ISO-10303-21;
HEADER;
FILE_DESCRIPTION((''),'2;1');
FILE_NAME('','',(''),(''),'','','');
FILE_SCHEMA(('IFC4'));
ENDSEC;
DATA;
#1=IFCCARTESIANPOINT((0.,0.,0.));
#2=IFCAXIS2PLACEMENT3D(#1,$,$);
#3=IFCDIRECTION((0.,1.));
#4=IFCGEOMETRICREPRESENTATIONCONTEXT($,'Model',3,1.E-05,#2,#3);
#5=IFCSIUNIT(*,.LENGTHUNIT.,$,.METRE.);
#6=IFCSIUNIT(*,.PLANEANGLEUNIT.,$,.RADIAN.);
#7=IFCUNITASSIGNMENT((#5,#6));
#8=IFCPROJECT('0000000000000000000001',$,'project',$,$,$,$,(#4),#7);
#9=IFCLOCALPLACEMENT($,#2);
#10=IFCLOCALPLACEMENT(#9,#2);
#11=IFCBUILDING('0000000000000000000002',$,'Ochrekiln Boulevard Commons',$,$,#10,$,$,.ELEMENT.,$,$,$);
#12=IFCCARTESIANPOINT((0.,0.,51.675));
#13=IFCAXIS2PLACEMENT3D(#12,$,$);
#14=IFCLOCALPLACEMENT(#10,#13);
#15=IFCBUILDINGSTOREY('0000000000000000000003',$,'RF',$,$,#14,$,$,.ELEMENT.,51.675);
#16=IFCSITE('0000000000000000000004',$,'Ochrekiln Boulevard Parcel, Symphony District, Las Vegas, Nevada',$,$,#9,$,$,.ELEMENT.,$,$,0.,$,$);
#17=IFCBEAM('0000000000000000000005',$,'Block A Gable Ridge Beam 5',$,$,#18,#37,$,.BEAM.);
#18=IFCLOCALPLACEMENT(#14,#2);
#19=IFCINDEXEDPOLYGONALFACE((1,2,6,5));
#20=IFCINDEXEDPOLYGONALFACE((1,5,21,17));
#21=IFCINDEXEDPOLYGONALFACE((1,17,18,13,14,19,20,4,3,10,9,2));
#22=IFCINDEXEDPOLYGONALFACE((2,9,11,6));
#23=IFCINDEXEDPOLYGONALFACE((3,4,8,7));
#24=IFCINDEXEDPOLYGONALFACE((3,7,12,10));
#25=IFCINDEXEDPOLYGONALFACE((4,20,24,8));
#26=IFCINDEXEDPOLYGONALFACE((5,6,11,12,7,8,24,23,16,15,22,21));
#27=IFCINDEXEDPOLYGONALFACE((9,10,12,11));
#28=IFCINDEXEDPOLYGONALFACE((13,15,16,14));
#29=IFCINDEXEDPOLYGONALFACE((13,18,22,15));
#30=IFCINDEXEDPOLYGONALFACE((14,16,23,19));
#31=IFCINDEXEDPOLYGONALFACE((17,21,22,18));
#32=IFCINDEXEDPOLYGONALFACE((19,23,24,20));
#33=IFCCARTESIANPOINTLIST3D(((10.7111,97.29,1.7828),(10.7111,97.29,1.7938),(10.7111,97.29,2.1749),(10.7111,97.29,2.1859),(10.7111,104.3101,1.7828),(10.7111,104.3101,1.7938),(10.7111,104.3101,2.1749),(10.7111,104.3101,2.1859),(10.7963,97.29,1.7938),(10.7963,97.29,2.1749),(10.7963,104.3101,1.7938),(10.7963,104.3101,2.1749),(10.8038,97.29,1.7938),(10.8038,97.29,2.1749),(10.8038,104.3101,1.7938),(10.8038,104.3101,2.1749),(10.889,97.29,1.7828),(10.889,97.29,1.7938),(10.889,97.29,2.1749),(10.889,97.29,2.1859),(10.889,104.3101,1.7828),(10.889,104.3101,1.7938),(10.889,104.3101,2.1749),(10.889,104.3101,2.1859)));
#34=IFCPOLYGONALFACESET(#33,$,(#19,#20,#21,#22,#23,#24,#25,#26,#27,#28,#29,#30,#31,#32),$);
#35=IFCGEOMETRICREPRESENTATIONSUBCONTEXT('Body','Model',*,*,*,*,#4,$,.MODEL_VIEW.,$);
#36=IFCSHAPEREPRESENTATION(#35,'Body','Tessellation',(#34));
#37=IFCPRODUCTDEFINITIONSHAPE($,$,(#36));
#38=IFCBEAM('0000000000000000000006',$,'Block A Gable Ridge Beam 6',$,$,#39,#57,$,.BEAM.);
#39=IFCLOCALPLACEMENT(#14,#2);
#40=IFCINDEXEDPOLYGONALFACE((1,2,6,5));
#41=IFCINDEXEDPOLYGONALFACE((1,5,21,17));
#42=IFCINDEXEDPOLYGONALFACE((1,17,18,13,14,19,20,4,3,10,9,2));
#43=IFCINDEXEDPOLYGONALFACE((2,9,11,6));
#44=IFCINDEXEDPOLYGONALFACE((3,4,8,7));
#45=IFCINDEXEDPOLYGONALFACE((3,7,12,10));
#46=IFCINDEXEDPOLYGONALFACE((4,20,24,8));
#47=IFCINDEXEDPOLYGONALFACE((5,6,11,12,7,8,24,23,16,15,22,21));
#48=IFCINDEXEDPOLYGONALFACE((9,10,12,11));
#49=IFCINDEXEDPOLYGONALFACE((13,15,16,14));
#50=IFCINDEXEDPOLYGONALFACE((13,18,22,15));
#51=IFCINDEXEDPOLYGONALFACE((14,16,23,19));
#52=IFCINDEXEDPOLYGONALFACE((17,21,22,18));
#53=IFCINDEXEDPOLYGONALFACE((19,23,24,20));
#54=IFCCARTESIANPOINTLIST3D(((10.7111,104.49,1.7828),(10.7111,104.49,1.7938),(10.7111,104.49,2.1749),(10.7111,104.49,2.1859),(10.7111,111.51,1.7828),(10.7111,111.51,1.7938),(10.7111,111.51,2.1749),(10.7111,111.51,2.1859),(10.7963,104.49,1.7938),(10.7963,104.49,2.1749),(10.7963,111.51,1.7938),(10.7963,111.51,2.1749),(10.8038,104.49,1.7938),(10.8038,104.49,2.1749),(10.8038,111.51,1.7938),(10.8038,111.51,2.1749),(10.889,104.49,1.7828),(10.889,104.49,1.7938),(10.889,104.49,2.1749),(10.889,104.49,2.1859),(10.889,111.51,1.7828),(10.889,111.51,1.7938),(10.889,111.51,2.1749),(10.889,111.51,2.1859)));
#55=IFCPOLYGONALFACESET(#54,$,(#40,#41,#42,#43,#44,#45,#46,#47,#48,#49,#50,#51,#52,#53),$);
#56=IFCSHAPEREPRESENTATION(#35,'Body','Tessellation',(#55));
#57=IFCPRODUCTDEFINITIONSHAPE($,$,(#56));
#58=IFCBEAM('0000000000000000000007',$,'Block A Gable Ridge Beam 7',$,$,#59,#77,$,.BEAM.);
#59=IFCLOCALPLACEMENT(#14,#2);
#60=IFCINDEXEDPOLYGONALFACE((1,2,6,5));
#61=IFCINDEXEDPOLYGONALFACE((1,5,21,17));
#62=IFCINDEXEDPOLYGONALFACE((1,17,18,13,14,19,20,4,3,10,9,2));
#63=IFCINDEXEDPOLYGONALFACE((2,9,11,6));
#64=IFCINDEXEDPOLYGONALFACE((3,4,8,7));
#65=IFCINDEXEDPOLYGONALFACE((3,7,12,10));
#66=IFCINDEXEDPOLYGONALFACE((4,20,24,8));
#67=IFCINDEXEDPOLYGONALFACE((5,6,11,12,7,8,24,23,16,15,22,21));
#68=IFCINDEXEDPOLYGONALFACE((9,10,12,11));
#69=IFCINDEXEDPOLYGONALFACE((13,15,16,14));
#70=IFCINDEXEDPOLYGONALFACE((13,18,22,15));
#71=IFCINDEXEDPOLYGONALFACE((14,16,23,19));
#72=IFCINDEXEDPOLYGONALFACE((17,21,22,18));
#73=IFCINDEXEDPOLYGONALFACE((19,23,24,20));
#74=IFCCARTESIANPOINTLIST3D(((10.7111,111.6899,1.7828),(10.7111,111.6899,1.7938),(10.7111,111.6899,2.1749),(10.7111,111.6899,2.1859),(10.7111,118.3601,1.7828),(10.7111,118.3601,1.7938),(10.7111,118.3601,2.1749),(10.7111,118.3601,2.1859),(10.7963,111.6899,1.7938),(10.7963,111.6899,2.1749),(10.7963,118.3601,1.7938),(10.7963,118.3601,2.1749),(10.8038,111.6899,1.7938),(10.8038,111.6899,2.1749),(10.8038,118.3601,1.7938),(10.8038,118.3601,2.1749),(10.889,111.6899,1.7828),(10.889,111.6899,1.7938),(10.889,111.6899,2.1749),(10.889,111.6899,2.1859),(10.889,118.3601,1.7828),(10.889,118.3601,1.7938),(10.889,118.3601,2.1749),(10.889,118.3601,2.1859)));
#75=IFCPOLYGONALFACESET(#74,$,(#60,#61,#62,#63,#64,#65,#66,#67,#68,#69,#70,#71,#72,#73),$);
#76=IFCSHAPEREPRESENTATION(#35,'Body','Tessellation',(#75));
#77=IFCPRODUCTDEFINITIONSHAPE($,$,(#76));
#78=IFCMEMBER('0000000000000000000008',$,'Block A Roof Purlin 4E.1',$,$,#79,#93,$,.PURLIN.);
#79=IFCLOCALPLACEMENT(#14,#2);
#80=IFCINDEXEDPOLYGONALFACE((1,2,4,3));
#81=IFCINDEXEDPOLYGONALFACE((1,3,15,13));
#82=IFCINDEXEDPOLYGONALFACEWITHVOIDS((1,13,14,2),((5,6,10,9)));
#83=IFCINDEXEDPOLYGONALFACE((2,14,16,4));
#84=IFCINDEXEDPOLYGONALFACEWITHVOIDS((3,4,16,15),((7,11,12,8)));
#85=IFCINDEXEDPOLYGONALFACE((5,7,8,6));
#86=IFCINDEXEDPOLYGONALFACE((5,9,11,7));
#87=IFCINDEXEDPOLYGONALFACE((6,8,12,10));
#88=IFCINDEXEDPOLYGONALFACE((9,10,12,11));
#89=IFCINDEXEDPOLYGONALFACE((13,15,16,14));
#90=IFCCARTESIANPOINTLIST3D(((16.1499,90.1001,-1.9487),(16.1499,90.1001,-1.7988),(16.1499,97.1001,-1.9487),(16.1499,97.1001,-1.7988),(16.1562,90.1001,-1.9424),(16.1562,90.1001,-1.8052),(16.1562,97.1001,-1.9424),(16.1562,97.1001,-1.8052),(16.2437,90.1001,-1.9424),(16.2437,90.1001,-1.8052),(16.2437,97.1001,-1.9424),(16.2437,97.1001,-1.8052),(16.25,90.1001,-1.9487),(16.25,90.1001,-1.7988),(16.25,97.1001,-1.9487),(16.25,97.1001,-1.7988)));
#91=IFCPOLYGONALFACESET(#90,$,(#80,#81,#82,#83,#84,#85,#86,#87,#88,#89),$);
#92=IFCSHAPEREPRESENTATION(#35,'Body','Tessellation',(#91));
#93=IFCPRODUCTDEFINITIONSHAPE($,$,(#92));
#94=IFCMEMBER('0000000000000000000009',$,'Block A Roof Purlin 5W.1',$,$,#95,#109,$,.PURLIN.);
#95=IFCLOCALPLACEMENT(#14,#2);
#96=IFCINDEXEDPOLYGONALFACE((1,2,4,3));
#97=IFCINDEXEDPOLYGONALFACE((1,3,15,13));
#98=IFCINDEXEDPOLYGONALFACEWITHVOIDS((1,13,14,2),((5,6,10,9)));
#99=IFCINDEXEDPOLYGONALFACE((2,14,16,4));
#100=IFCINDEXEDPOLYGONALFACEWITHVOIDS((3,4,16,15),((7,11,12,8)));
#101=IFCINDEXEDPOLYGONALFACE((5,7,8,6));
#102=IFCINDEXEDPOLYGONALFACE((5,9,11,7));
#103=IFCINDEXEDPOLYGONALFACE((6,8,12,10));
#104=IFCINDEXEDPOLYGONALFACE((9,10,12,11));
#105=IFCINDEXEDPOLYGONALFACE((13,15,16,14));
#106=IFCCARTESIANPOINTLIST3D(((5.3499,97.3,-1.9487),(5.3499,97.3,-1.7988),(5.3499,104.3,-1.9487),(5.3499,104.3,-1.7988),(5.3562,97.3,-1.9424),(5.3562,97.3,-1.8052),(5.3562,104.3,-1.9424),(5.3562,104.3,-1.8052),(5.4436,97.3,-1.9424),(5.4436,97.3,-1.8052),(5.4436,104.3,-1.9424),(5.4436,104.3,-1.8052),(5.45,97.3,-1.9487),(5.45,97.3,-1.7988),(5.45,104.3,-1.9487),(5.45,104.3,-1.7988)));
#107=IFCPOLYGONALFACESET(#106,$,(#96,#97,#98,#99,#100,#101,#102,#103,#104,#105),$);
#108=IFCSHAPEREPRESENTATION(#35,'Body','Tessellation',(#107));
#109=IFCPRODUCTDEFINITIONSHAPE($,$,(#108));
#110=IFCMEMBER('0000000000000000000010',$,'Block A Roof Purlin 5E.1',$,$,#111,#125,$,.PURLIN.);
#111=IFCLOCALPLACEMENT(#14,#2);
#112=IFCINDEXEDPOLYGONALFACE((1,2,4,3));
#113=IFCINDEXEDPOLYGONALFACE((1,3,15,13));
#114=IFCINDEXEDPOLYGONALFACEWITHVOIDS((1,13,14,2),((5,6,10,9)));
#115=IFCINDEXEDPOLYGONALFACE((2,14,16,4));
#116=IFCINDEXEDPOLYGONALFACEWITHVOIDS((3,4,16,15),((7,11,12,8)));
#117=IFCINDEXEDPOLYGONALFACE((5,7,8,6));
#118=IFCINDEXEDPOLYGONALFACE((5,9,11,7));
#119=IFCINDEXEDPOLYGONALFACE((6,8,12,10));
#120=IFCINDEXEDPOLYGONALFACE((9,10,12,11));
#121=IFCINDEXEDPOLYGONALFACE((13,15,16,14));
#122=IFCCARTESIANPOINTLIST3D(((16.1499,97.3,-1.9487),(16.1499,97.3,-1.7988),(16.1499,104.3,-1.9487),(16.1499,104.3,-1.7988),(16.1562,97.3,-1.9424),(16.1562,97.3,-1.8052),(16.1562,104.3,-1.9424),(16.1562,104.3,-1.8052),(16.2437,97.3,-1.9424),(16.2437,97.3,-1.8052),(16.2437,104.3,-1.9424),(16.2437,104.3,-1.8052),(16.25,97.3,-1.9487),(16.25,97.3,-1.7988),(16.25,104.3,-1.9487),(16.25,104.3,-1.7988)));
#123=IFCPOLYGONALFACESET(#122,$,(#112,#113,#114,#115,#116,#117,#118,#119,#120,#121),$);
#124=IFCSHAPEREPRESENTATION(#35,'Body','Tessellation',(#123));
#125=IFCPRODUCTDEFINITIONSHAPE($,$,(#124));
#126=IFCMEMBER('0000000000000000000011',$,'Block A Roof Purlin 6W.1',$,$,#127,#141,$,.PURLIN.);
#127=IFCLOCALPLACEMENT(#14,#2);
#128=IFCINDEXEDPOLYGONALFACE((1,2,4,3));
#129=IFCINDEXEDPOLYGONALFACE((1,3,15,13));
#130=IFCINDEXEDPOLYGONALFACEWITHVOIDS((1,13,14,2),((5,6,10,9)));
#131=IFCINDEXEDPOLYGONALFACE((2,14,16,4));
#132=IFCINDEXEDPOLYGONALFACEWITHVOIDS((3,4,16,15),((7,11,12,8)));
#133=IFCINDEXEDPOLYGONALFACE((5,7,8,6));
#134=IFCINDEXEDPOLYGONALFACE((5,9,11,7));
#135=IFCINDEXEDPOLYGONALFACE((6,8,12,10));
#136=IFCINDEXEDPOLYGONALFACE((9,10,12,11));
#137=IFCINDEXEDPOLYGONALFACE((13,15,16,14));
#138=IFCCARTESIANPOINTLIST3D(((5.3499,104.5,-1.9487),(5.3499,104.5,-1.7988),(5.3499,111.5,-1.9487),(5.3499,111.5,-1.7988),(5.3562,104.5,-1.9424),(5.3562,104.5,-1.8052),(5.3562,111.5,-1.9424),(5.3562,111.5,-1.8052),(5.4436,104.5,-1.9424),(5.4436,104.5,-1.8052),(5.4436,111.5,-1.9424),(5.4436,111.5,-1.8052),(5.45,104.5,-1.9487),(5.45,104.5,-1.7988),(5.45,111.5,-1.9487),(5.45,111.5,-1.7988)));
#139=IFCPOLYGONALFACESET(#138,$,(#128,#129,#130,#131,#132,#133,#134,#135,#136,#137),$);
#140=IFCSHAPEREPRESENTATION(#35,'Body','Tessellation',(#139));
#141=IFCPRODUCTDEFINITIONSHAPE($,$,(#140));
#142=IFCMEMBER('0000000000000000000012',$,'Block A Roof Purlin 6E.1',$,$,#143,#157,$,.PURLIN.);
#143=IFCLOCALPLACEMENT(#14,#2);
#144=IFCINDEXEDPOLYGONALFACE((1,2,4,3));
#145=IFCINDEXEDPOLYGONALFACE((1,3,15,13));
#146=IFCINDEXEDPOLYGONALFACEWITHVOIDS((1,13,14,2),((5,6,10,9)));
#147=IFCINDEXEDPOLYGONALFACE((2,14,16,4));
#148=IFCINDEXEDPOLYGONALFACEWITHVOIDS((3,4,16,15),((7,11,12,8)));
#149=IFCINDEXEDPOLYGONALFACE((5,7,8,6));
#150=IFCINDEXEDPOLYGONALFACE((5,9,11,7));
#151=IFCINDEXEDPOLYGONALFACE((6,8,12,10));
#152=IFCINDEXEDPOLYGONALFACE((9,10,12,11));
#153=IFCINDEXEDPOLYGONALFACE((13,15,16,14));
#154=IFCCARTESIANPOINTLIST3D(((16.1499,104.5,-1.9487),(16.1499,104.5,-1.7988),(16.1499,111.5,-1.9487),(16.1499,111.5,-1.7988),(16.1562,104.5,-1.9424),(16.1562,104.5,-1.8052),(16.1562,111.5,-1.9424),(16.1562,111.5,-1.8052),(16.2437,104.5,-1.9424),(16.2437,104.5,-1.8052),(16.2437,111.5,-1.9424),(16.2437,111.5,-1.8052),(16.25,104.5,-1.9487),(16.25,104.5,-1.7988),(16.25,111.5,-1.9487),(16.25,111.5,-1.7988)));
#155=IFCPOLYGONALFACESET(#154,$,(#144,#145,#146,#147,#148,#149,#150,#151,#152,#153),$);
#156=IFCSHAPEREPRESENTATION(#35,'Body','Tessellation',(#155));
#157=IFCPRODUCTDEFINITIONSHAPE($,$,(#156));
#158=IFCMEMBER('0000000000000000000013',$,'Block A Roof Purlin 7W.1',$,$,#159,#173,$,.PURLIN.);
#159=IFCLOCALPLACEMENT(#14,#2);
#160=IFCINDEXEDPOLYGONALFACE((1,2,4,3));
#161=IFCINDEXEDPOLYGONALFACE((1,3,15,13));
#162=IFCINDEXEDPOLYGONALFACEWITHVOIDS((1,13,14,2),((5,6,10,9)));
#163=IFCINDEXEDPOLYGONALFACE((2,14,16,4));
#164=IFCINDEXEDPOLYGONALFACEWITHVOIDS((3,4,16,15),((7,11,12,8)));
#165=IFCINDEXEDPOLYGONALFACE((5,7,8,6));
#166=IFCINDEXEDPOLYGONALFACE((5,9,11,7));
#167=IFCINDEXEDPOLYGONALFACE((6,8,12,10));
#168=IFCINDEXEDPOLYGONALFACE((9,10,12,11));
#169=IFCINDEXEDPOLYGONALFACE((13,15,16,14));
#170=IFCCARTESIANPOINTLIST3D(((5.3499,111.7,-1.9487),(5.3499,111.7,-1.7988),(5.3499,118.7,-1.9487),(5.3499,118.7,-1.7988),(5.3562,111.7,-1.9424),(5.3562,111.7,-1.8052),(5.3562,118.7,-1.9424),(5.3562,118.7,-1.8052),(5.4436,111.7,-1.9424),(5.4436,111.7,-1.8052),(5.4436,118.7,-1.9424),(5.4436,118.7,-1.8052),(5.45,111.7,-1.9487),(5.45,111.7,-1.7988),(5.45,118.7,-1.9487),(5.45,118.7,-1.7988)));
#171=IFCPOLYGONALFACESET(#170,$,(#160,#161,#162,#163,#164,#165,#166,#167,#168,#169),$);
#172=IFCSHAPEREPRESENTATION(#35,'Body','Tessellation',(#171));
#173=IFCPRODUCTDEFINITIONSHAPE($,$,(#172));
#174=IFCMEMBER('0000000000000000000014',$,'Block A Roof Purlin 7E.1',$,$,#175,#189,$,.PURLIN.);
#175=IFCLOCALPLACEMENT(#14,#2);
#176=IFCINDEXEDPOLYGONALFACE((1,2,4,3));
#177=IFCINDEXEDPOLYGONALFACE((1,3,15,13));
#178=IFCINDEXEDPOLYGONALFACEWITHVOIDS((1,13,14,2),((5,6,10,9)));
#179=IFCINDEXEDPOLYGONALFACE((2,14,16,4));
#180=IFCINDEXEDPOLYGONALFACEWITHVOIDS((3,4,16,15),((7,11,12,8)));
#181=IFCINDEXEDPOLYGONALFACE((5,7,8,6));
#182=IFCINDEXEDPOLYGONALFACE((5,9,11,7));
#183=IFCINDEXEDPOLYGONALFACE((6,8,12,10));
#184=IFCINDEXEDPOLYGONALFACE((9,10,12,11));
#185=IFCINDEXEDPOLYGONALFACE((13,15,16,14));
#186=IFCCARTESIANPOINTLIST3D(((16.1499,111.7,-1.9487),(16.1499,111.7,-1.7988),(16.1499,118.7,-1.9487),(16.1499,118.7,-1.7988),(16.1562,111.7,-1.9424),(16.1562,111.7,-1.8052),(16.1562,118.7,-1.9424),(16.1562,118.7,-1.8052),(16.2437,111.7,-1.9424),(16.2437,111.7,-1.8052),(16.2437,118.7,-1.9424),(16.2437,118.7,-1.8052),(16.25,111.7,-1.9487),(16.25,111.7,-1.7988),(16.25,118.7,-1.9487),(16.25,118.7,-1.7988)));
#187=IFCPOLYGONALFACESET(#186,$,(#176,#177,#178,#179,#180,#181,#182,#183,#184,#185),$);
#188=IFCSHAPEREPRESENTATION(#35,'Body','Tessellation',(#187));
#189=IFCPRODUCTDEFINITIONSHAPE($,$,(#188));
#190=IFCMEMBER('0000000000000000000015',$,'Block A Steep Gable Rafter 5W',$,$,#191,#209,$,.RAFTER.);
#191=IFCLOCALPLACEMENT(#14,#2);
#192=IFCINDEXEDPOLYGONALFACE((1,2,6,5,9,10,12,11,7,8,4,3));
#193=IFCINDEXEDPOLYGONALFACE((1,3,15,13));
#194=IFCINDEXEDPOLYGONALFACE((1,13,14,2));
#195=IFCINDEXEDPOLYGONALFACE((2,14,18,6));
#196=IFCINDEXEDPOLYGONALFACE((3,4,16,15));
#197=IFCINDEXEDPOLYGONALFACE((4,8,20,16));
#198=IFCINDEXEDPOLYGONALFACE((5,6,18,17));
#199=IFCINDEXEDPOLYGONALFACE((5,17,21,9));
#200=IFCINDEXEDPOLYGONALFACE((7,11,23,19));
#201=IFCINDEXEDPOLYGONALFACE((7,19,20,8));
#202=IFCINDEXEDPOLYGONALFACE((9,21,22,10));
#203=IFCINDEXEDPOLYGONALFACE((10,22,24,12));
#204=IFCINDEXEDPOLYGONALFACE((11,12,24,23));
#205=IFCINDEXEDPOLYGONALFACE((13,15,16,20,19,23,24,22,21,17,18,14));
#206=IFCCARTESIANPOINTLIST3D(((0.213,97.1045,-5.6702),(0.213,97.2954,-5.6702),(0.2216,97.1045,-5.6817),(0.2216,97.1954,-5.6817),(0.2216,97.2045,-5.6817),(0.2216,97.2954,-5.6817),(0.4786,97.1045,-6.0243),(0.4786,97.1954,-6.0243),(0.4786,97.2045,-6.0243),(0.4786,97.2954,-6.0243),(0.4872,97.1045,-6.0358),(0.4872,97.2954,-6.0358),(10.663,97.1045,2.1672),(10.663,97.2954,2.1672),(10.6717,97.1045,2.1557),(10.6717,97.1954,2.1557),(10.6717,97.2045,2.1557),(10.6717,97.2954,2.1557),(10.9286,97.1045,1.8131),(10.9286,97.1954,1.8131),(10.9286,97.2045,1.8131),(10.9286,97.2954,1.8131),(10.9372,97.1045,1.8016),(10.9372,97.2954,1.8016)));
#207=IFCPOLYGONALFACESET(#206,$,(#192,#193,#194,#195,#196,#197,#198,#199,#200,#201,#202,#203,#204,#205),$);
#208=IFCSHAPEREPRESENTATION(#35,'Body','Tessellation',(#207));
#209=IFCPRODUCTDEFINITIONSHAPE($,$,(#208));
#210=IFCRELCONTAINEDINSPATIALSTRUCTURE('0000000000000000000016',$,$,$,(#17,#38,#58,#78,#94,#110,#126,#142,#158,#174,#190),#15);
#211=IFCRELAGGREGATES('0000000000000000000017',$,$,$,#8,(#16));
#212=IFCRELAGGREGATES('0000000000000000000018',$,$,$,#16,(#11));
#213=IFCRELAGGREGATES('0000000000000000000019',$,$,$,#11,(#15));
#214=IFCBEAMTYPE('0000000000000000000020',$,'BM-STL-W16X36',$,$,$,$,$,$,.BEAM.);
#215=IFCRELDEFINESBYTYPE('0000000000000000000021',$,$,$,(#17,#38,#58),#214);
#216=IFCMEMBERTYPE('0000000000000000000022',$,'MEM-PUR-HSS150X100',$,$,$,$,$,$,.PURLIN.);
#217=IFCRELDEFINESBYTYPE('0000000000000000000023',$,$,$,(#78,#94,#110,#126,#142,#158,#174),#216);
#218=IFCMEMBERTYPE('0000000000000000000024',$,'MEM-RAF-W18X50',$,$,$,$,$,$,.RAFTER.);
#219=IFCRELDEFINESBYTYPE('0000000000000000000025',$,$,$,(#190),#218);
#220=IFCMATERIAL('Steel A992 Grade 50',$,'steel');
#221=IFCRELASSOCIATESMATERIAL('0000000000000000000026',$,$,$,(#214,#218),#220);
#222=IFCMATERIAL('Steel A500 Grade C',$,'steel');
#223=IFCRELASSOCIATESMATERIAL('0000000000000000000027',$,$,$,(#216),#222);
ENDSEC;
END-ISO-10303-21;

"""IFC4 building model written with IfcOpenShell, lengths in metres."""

from ifc_helpers import new_model, si_unit, direction, frame, origin, origin_2d, place, context, subcontext, project, spatial, hollow_rectangle, i_section, extrude, material, material_profile, profile_set, type_object, element, save


model = new_model("IFC4")

# Units and contexts
model_context = context("Model", 3, precision=1e-05, world=origin(), true_north=direction((0.0, 1.0)))
body_context = subcontext(model_context, "Body", "Model", "MODEL_VIEW")
ifc_project = project(units=[si_unit("LENGTHUNIT", "METRE"), si_unit("PLANEANGLEUNIT", "RADIAN")], contexts=[model_context])

# Site, building, storey
site_placement = place(None, origin())
site = spatial("IfcSite", under=ifc_project, at=site_placement, Name="Ochrekiln Boulevard Parcel, Symphony District, Las Vegas, Nevada", CompositionType="ELEMENT", RefElevation=0.0)
building_placement = place(site_placement, origin())
building = spatial("IfcBuilding", under=site, at=building_placement, Name="Ochrekiln Boulevard Commons", CompositionType="ELEMENT")
storey_placement = place(building_placement, frame((0.0, 0.0, 51.675)))
storey = spatial("IfcBuildingStorey", under=building, at=storey_placement, Name="RF", CompositionType="ELEMENT", Elevation=51.675)

# Beams
ifc_material_1 = material(Name="Steel A992 Grade 50", Category="steel")
ifc_material_profile_1 = material_profile(ifc_material_1, i_section(OverallWidth=0.178, OverallDepth=0.4031, WebThickness=0.0076, FlangeThickness=0.011, at=origin_2d()), Name="W16X36")
ifc_profile_set_1 = profile_set([ifc_material_profile_1], Name="Steel A992 Grade 50")
beam_type = type_object("IfcBeamType", Name="BM-STL-W16X36", PredefinedType="BEAM", material=ifc_profile_set_1)
for number, where, z_axis, x_axis, name in (
    (1, (10.8, 97.29, 1.9844), (0.0, 1.0, 0.0), (-1.0, 0.0, 0.0), "Block A Gable Ridge Beam 5"),
    (2, (10.8, 104.49, 1.9844), (0.0, 1.0, 0.0), (-1.0, 0.0, 0.0), "Block A Gable Ridge Beam 6"),
):
    element("IfcBeam", number, at=place(storey_placement, frame(where, z_axis=z_axis, x_axis=x_axis)), inside=storey, type_object=beam_type, Name=name, PredefinedType="BEAM", context=body_context, shape_type="SweptSolid", body=[
        extrude(i_section(OverallWidth=0.178, OverallDepth=0.4031, WebThickness=0.0076, FlangeThickness=0.011, at=origin_2d()), origin(), (0.0, 0.0, 1.0), 7.02),
    ])
beam_placement = place(storey_placement, frame((10.8, 111.6899, 1.9844), z_axis=(0.0, 1.0, 0.0), x_axis=(-1.0, 0.0, 0.0)))
element("IfcBeam", 3, at=beam_placement, inside=storey, type_object=beam_type, Name="Block A Gable Ridge Beam 7", PredefinedType="BEAM", context=body_context, shape_type="SweptSolid", body=[
    extrude(i_section(OverallWidth=0.178, OverallDepth=0.4031, WebThickness=0.0076, FlangeThickness=0.011, at=origin_2d()), origin(), (0.0, 0.0, 1.0), 6.6702),
])

# Members
ifc_material_2 = material(Name="Steel A500 Grade C", Category="steel")
ifc_material_profile_2 = material_profile(ifc_material_2, hollow_rectangle(XDim=0.1001, YDim=0.1499, WallThickness=0.0063, at=origin_2d()), Name="HSS150X100X6.4")
ifc_profile_set_2 = profile_set([ifc_material_profile_2], Name="Steel A500 Grade C")
member_type_1 = type_object("IfcMemberType", Name="MEM-PUR-HSS150X100", PredefinedType="PURLIN", material=ifc_profile_set_2)
for number, where, z_axis, x_axis, name in (
    (4, (16.2, 90.1001, -1.8738), (0.0, 1.0, 0.0), (-1.0, 0.0, 0.0), "Block A Roof Purlin 4E.1"),
    (5, (5.3999, 97.3, -1.8738), (0.0, 1.0, 0.0), (-1.0, 0.0, 0.0), "Block A Roof Purlin 5W.1"),
    (6, (16.2, 97.3, -1.8738), (0.0, 1.0, 0.0), (-1.0, 0.0, 0.0), "Block A Roof Purlin 5E.1"),
    (7, (5.3999, 104.5, -1.8738), (0.0, 1.0, 0.0), (-1.0, 0.0, 0.0), "Block A Roof Purlin 6W.1"),
    (8, (16.2, 104.5, -1.8738), (0.0, 1.0, 0.0), (-1.0, 0.0, 0.0), "Block A Roof Purlin 6E.1"),
    (9, (5.3999, 111.7, -1.8738), (0.0, 1.0, 0.0), (-1.0, 0.0, 0.0), "Block A Roof Purlin 7W.1"),
    (10, (16.2, 111.7, -1.8738), (0.0, 1.0, 0.0), (-1.0, 0.0, 0.0), "Block A Roof Purlin 7E.1"),
):
    element("IfcMember", number, at=place(storey_placement, frame(where, z_axis=z_axis, x_axis=x_axis)), inside=storey, type_object=member_type_1, Name=name, PredefinedType="PURLIN", context=body_context, shape_type="SweptSolid", body=[
        extrude(hollow_rectangle(XDim=0.1001, YDim=0.1499, WallThickness=0.0063, at=origin_2d()), origin(), (0.0, 0.0, 1.0), 7.0),
    ])
ifc_material_profile_3 = material_profile(ifc_material_1, i_section(OverallWidth=0.1909, OverallDepth=0.457, WebThickness=0.009, FlangeThickness=0.0144, at=origin_2d()), Name="W18X50")
ifc_profile_set_3 = profile_set([ifc_material_profile_3], Name="Steel A992 Grade 50")
member_type_2 = type_object("IfcMemberType", Name="MEM-RAF-W18X50", PredefinedType="RAFTER", material=ifc_profile_set_3)
for number, where, z_axis, x_axis, name in (
    (11, (0.3501, 97.2, -5.853), (0.800002, 0.0, 0.599997), (0.0, 1.0, 0.0), "Block A Steep Gable Rafter 5W"),
):
    element("IfcMember", number, at=place(storey_placement, frame(where, z_axis=z_axis, x_axis=x_axis)), inside=storey, type_object=member_type_2, Name=name, PredefinedType="RAFTER", context=body_context, shape_type="SweptSolid", body=[
        extrude(i_section(OverallWidth=0.1909, OverallDepth=0.457, WebThickness=0.009, FlangeThickness=0.0144, at=origin_2d()), origin(), (0.0, 0.0, 1.0), 13.0625),
    ])

save(model, "model.ifc")
